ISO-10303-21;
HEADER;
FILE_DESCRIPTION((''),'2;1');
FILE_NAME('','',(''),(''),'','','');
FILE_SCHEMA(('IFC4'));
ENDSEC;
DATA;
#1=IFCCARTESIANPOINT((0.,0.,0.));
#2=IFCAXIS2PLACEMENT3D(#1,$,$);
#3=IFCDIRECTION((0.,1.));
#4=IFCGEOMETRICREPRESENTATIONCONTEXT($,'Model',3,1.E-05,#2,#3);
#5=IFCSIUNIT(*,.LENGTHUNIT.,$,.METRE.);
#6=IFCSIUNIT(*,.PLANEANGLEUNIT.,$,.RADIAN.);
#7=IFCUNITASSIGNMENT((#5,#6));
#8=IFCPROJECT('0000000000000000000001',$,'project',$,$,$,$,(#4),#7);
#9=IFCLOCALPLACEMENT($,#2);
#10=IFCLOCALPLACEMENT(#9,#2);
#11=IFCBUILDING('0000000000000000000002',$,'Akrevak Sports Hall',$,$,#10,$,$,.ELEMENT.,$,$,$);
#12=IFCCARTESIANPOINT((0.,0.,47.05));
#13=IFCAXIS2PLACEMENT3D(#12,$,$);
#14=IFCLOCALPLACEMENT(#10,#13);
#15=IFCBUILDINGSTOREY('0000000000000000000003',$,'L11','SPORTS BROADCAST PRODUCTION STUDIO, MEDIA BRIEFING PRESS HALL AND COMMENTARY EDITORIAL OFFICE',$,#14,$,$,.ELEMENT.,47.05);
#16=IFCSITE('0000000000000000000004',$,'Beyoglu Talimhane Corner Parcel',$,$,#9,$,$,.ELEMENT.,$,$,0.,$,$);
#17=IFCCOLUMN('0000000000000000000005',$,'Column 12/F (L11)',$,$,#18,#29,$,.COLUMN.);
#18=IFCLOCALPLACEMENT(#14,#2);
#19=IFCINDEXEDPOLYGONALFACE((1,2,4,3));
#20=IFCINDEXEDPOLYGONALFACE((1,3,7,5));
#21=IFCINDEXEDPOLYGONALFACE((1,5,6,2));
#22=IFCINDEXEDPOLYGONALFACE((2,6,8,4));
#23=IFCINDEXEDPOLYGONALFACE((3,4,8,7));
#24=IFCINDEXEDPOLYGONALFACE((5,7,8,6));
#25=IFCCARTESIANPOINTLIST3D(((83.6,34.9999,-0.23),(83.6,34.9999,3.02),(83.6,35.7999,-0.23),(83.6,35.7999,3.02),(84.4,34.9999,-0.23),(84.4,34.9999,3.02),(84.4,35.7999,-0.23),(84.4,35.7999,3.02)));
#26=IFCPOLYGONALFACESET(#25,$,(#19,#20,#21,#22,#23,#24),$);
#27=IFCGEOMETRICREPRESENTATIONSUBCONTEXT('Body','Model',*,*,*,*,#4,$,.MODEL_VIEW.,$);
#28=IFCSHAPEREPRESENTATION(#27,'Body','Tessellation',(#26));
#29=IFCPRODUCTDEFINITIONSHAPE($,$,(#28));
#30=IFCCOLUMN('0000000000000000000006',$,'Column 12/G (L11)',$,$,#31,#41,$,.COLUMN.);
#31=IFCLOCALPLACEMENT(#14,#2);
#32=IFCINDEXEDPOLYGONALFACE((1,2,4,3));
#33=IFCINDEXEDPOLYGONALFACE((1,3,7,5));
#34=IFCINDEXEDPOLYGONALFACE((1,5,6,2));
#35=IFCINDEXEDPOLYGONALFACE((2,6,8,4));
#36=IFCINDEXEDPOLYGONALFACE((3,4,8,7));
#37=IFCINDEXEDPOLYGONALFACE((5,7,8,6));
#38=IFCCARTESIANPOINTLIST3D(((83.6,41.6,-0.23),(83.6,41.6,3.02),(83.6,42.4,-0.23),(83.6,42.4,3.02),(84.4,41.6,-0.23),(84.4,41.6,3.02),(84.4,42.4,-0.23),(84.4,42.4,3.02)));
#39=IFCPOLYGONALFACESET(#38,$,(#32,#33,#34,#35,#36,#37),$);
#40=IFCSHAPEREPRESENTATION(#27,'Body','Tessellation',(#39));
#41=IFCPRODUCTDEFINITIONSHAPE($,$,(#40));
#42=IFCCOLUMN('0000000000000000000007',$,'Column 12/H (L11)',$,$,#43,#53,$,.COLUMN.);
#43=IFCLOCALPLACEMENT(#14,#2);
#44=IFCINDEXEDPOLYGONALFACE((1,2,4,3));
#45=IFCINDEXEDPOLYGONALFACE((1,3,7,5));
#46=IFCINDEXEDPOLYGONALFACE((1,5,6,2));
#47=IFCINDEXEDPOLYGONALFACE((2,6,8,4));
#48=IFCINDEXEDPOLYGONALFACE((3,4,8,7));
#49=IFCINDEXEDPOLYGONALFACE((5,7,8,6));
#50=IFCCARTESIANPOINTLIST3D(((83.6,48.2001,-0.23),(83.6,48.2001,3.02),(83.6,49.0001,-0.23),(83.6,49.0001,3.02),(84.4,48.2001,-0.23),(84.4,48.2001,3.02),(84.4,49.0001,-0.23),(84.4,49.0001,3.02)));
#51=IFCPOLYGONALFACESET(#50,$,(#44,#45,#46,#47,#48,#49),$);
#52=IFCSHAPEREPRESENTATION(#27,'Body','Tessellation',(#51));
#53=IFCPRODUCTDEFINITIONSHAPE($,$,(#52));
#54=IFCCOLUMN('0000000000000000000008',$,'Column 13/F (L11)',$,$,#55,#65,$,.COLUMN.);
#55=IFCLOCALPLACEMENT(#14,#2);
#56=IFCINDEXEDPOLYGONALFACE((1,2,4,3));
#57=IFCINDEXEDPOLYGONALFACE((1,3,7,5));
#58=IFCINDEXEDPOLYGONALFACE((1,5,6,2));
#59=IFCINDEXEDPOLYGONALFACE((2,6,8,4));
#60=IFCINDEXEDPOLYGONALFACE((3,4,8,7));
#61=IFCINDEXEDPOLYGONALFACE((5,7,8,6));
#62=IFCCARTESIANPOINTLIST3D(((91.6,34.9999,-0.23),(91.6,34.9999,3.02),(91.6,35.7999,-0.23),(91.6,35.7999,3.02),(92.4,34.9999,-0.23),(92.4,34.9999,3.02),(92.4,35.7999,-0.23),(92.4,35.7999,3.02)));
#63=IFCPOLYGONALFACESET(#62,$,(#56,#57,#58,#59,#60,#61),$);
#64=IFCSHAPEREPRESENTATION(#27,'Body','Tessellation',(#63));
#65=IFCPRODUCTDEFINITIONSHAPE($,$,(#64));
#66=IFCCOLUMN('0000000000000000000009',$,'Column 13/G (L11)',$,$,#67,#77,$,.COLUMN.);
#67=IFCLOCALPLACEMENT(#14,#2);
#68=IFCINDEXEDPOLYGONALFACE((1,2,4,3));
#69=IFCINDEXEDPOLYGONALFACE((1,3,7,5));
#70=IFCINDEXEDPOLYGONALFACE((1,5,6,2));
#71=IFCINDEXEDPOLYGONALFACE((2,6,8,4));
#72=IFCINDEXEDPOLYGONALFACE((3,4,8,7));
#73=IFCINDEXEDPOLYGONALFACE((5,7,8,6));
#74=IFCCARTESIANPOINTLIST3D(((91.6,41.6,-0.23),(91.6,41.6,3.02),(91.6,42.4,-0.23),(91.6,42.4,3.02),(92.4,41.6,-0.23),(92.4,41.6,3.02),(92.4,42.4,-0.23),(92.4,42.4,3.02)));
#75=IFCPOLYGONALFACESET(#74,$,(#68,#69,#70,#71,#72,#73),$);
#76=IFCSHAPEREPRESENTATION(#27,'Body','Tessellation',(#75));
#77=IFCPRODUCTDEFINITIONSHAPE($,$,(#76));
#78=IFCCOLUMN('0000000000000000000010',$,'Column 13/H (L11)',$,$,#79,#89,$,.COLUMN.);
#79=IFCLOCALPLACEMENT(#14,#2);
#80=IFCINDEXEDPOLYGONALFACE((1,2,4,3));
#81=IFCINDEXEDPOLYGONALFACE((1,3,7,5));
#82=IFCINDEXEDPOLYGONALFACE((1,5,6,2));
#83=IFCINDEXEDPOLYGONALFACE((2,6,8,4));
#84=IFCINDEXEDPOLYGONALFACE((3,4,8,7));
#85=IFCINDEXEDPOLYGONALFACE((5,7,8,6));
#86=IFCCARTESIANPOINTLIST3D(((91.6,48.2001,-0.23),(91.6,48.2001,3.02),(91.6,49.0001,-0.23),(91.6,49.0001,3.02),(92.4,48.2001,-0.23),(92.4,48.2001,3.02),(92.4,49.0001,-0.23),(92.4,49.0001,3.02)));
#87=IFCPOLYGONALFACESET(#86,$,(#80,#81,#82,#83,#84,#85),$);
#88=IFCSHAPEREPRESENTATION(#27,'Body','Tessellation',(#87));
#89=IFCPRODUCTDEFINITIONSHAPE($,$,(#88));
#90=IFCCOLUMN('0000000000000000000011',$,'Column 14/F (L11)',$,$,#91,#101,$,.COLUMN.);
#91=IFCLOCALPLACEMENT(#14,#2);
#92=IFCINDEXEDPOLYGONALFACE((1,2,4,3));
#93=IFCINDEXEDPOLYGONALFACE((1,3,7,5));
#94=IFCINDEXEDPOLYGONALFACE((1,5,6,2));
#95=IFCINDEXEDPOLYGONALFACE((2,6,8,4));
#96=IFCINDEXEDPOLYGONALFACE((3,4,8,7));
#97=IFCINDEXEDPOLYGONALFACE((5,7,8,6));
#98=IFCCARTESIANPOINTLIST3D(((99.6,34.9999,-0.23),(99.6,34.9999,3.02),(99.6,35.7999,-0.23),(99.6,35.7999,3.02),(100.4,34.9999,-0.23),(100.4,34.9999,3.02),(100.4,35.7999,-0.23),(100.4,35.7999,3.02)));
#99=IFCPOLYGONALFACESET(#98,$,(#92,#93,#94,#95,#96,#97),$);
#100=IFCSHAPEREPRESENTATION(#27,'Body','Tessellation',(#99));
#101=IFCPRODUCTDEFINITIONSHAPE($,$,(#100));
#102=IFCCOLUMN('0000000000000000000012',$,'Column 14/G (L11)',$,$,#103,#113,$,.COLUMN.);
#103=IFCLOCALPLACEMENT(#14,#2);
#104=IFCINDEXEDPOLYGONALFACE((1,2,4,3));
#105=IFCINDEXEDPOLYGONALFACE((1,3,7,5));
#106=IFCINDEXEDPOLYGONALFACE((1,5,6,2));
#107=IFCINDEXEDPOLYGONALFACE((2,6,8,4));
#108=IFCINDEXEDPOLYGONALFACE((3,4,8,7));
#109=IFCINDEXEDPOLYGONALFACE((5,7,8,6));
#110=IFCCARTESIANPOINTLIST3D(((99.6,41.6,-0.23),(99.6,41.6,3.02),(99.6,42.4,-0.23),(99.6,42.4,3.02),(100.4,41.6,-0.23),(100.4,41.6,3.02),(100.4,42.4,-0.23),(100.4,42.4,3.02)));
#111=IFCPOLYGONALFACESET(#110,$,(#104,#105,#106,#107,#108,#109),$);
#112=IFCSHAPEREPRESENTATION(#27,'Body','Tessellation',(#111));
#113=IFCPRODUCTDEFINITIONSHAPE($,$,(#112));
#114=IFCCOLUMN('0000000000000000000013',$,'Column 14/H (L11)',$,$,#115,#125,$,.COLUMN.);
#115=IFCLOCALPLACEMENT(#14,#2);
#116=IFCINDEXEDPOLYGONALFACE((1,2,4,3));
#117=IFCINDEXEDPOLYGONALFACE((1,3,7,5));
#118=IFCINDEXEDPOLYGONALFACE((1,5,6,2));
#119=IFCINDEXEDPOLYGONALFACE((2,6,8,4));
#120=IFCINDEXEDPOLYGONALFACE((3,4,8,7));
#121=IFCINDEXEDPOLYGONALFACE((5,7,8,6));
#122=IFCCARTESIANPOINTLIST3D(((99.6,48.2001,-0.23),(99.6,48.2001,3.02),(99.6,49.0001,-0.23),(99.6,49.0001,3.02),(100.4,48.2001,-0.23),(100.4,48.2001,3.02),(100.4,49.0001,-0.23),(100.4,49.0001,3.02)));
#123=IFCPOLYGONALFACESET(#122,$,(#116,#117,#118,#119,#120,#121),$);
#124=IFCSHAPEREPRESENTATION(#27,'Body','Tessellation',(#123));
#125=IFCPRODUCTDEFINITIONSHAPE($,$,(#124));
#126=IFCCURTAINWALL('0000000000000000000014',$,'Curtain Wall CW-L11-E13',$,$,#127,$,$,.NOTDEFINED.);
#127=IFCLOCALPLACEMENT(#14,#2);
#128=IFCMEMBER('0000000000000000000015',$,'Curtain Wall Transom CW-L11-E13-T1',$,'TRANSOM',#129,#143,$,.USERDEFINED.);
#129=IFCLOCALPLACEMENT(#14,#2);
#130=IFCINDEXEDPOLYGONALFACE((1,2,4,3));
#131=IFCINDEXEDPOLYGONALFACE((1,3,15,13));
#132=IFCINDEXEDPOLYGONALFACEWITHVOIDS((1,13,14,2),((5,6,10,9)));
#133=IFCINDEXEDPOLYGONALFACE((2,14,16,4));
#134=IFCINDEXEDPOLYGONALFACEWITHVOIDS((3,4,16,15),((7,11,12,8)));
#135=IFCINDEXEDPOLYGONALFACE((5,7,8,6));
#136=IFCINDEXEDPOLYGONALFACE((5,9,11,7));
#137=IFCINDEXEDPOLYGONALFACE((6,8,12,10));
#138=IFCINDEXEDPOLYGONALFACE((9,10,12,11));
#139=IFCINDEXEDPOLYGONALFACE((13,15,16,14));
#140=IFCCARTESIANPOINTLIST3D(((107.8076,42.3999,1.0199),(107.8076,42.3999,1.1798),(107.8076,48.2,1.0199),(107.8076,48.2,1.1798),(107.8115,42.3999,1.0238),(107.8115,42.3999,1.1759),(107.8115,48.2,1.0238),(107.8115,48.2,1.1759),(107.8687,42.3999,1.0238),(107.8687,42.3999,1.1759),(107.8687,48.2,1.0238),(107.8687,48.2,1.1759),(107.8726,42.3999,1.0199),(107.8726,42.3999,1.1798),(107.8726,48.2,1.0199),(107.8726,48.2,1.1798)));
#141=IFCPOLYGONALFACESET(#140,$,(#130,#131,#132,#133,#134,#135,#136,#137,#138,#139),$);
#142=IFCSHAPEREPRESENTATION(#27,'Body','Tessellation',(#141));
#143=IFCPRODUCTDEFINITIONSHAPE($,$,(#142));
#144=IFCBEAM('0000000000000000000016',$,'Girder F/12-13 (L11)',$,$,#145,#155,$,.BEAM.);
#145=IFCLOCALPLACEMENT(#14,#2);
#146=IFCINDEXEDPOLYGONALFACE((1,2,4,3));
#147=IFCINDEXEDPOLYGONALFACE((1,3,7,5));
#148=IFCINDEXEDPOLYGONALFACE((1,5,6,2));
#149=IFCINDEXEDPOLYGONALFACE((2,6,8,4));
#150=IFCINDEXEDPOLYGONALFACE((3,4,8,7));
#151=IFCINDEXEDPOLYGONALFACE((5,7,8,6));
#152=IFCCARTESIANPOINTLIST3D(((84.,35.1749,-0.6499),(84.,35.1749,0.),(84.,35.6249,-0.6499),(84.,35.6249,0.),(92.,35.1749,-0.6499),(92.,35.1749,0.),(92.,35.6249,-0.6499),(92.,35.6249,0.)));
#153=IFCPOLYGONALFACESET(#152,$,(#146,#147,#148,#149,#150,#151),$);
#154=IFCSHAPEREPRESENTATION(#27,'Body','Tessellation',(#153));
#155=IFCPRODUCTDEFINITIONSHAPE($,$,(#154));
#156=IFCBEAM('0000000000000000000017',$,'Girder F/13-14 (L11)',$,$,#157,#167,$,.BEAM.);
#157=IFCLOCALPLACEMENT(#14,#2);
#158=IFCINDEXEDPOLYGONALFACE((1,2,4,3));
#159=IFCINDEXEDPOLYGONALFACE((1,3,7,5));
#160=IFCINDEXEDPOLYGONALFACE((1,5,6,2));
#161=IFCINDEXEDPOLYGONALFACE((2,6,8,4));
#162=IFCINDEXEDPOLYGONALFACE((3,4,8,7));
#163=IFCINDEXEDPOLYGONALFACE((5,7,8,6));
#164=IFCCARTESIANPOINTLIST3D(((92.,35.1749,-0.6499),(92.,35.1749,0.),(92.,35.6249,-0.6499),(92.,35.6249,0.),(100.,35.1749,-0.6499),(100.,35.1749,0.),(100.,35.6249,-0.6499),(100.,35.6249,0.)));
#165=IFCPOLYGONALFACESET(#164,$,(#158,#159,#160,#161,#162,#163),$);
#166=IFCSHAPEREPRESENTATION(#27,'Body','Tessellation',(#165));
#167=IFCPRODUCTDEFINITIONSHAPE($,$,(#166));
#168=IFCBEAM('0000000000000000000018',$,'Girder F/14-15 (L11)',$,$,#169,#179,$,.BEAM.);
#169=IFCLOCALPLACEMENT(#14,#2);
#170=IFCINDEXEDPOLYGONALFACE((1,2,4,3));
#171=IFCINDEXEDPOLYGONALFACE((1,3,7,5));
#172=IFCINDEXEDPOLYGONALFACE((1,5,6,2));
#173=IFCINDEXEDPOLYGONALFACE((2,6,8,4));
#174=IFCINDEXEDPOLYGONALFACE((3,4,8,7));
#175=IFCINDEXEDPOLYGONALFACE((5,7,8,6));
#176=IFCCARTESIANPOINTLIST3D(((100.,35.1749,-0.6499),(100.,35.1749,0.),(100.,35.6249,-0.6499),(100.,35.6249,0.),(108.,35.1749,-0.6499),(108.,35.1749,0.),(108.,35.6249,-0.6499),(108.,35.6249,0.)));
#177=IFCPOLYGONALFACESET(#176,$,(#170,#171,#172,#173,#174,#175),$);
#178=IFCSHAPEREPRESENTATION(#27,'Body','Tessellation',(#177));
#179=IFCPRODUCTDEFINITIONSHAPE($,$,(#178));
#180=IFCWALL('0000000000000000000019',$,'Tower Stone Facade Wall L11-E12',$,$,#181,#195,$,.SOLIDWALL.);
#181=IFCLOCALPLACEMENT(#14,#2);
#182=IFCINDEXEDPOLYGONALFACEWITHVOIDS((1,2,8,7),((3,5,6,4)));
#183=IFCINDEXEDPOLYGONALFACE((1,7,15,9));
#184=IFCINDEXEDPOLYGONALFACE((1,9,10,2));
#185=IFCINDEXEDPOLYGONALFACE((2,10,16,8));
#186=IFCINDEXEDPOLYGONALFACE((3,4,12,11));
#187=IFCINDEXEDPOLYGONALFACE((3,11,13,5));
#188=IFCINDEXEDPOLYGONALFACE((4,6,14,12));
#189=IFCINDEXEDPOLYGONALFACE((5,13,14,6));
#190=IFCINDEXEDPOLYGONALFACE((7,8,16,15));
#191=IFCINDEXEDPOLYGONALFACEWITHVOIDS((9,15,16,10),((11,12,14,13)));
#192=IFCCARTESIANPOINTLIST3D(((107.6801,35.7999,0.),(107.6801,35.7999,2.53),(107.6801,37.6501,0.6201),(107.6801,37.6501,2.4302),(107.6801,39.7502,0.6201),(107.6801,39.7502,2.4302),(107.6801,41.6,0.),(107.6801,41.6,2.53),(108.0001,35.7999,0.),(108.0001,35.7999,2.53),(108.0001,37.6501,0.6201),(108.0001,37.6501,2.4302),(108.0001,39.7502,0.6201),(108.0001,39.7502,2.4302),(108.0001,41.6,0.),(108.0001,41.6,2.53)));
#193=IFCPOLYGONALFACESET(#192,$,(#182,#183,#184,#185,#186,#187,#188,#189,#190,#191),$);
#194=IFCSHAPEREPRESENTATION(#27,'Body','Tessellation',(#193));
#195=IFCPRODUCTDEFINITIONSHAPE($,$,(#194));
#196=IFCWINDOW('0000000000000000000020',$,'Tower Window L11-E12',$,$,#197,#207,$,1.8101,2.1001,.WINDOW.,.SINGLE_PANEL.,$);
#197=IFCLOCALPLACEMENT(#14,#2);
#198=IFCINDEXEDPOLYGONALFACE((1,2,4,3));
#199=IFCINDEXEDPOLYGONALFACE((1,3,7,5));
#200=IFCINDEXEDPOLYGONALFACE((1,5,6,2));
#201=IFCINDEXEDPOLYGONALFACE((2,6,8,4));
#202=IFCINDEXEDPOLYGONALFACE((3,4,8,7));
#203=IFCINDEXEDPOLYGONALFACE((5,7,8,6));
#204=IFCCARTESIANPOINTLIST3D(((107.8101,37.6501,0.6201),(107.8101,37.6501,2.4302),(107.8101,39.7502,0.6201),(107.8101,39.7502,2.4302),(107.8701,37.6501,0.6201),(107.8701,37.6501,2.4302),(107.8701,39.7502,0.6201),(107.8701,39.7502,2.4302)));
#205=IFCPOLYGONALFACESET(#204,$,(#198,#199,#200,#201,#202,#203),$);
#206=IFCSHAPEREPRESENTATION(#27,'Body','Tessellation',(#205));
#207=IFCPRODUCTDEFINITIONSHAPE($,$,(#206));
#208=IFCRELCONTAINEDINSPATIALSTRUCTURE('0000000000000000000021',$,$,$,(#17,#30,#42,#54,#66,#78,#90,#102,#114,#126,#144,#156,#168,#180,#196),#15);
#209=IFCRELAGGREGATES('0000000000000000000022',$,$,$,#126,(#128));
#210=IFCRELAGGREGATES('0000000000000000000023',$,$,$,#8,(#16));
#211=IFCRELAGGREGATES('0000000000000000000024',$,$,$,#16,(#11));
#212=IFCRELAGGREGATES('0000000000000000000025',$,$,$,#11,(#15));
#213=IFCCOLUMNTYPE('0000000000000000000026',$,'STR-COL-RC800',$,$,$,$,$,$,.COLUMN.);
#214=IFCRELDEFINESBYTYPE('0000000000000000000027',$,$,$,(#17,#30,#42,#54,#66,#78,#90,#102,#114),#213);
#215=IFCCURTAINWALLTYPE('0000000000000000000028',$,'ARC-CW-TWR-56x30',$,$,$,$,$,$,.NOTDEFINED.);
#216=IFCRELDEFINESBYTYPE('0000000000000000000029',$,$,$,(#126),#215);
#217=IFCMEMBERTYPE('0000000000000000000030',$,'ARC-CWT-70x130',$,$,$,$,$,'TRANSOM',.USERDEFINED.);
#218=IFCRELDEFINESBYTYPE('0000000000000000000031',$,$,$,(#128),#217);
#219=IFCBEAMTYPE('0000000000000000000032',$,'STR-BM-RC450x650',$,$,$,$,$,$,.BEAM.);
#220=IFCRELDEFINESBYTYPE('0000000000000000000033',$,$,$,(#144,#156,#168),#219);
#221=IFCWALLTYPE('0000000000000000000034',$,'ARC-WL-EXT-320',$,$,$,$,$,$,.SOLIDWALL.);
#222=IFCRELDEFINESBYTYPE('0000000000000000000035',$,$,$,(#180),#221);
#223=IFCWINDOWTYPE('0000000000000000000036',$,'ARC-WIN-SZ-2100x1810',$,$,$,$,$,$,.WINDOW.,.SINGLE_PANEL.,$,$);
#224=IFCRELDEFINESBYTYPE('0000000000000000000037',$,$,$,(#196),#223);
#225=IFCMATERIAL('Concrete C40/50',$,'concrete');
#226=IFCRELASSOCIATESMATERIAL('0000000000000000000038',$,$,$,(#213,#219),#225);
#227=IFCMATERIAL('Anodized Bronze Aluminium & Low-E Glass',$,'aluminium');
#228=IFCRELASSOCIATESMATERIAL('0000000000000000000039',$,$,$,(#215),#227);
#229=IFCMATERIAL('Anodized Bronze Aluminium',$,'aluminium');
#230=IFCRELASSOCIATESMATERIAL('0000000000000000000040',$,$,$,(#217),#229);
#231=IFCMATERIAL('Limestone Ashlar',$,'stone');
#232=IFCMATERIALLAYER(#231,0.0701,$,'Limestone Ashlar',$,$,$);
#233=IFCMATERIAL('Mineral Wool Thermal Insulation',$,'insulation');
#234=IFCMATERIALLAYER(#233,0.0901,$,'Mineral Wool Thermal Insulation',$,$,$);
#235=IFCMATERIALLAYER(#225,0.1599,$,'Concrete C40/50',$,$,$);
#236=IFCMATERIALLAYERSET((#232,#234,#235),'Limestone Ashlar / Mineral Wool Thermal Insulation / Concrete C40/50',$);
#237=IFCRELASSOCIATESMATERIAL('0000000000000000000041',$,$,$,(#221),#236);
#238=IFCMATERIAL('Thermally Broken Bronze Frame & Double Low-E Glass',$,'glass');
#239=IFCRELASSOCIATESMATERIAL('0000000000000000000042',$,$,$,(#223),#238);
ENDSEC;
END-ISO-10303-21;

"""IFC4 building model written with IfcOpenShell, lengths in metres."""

from ifc_helpers import new_model, si_unit, direction, frame, frame_2d, origin, origin_2d, place, context, subcontext, project, spatial, rectangle, hollow_rectangle, extrude, material, layer, layer_set, material_profile, profile_set, type_object, element, fill, aggregate, save


model = new_model("IFC4")

# Units and contexts
model_context = context("Model", 3, precision=1e-05, world=origin(), true_north=direction((0.0, 1.0)))
body_context = subcontext(model_context, "Body", "Model", "MODEL_VIEW")
ifc_project = project(units=[si_unit("LENGTHUNIT", "METRE"), si_unit("PLANEANGLEUNIT", "RADIAN")], contexts=[model_context])

# Site, building, storey
site_placement = place(None, origin())
site = spatial("IfcSite", under=ifc_project, at=site_placement, Name="Beyoglu Talimhane Corner Parcel", CompositionType="ELEMENT", RefElevation=0.0)
building_placement = place(site_placement, origin())
building = spatial("IfcBuilding", under=site, at=building_placement, Name="Akrevak Sports Hall", CompositionType="ELEMENT")
storey_placement = place(building_placement, frame((0.0, 0.0, 47.05)))
storey = spatial("IfcBuildingStorey", under=building, at=storey_placement, Name="L11", Description="SPORTS BROADCAST PRODUCTION STUDIO, MEDIA BRIEFING PRESS HALL AND COMMENTARY EDITORIAL OFFICE", CompositionType="ELEMENT", Elevation=47.05)

# Columns
ifc_material_1 = material(Name="Concrete C40/50", Category="concrete")
ifc_material_profile_1 = material_profile(ifc_material_1, rectangle(XDim=0.8, YDim=0.8, at=origin_2d()), Name="RC 800x800", Category="concrete")
ifc_profile_set_1 = profile_set([ifc_material_profile_1], Name="Concrete C40/50")
column_type = type_object("IfcColumnType", Name="STR-COL-RC800", PredefinedType="COLUMN", material=ifc_profile_set_1)
for number, where, z_axis, x_axis, name in (
    (1, (84.0, 35.3999, -0.23), (0.0, 0.0, 1.0), (1.0, 0.0, 0.0), "Column 12/F (L11)"),
    (2, (84.0, 42.0, -0.23), (0.0, 0.0, 1.0), (1.0, 0.0, 0.0), "Column 12/G (L11)"),
    (3, (84.0, 48.6001, -0.23), (0.0, 0.0, 1.0), (1.0, 0.0, 0.0), "Column 12/H (L11)"),
    (4, (92.0, 35.3999, -0.23), (0.0, 0.0, 1.0), (1.0, 0.0, 0.0), "Column 13/F (L11)"),
    (5, (92.0, 42.0, -0.23), (0.0, 0.0, 1.0), (1.0, 0.0, 0.0), "Column 13/G (L11)"),
    (6, (92.0, 48.6001, -0.23), (0.0, 0.0, 1.0), (1.0, 0.0, 0.0), "Column 13/H (L11)"),
    (7, (100.0, 35.3999, -0.23), (0.0, 0.0, 1.0), (1.0, 0.0, 0.0), "Column 14/F (L11)"),
    (8, (100.0, 42.0, -0.23), (0.0, 0.0, 1.0), (1.0, 0.0, 0.0), "Column 14/G (L11)"),
    (9, (100.0, 48.6001, -0.23), (0.0, 0.0, 1.0), (1.0, 0.0, 0.0), "Column 14/H (L11)"),
):
    element("IfcColumn", number, at=place(storey_placement, frame(where, z_axis=z_axis, x_axis=x_axis)), inside=storey, type_object=column_type, Name=name, PredefinedType="COLUMN", context=body_context, shape_type="SweptSolid", body=[
        extrude(rectangle(XDim=0.8, YDim=0.8, at=origin_2d()), origin(), (0.0, 0.0, 1.0), 3.25),
    ])

# Curtain wall, member
ifc_material_2 = material(Name="Anodized Bronze Aluminium & Low-E Glass", Category="aluminium")
curtain_wall_type = type_object("IfcCurtainWallType", Name="ARC-CW-TWR-56x30", PredefinedType="NOTDEFINED", material=ifc_material_2)
curtain_wall_placement = place(storey_placement, origin())
curtain_wall = element("IfcCurtainWall", 10, at=curtain_wall_placement, inside=storey, type_object=curtain_wall_type, Name="Curtain Wall CW-L11-E13", PredefinedType="NOTDEFINED")
ifc_material_3 = material(Name="Anodized Bronze Aluminium", Category="aluminium")
ifc_material_profile_2 = material_profile(ifc_material_3, hollow_rectangle(XDim=0.0649, YDim=0.1599, WallThickness=0.0039, at=origin_2d()), Name="CWT 65x160", Category="aluminium")
ifc_profile_set_2 = profile_set([ifc_material_profile_2], Name="Anodized Bronze Aluminium")
member_type = type_object("IfcMemberType", Name="ARC-CWT-70x130", ElementType="TRANSOM", PredefinedType="USERDEFINED", material=ifc_profile_set_2)
member_placement = place(storey_placement, frame((107.8401, 42.3999, 1.0999), z_axis=(0.0, 1.0, 0.0), x_axis=(-1.0, 0.0, 0.0)))
member = element("IfcMember", 11, at=member_placement, type_object=member_type, Name="Curtain Wall Transom CW-L11-E13-T1", ObjectType="TRANSOM", PredefinedType="USERDEFINED", context=body_context, shape_type="SweptSolid", body=[
    extrude(hollow_rectangle(XDim=0.0649, YDim=0.1599, WallThickness=0.0039, at=origin_2d()), origin(), (0.0, 0.0, 1.0), 5.8),
])
aggregate(curtain_wall, [member])

# Beams
ifc_material_profile_3 = material_profile(ifc_material_1, rectangle(XDim=0.45, YDim=0.6499, at=origin_2d()), Name="BM 450x650", Category="concrete")
ifc_profile_set_3 = profile_set([ifc_material_profile_3], Name="Concrete C40/50")
beam_type = type_object("IfcBeamType", Name="STR-BM-RC450x650", PredefinedType="BEAM", material=ifc_profile_set_3)
for number, where, z_axis, x_axis, name in (
    (12, (84.0, 35.3999, -0.325), (1.0, 0.0, 0.0), (0.0, 1.0, 0.0), "Girder F/12-13 (L11)"),
    (13, (92.0, 35.3999, -0.325), (1.0, 0.0, 0.0), (0.0, 1.0, 0.0), "Girder F/13-14 (L11)"),
    (14, (100.0, 35.3999, -0.325), (1.0, 0.0, 0.0), (0.0, 1.0, 0.0), "Girder F/14-15 (L11)"),
):
    element("IfcBeam", number, at=place(storey_placement, frame(where, z_axis=z_axis, x_axis=x_axis)), inside=storey, type_object=beam_type, Name=name, PredefinedType="BEAM", context=body_context, shape_type="SweptSolid", body=[
        extrude(rectangle(XDim=0.45, YDim=0.6499, at=origin_2d()), origin(), (0.0, 0.0, 1.0), 8.0),
    ])

# Wall, opening, window
ifc_material_4 = material(Name="Limestone Ashlar", Category="stone")
ifc_layer_1 = layer(ifc_material_4, 0.0701, Name="Limestone Ashlar")
ifc_material_5 = material(Name="Mineral Wool Thermal Insulation", Category="insulation")
ifc_layer_2 = layer(ifc_material_5, 0.0901, Name="Mineral Wool Thermal Insulation")
ifc_layer_3 = layer(ifc_material_1, 0.1599, Name="Concrete C40/50")
ifc_layer_set_1 = layer_set([ifc_layer_1, ifc_layer_2, ifc_layer_3], Name="Limestone Ashlar / Mineral Wool Thermal Insulation / Concrete C40/50")
wall_type_1 = type_object("IfcWallType", Name="ARC-WL-EXT-320", PredefinedType="SOLIDWALL", material=ifc_layer_set_1)
wall_1_placement = place(storey_placement, frame((107.8401, 35.8, 0.0), z_axis=(0.0, 0.0, 1.0), x_axis=(0.0, 1.0, 0.0)))
wall_1 = element("IfcWall", 15, at=wall_1_placement, inside=storey, type_object=wall_type_1, Name="Tower Stone Facade Wall L11-E12", PredefinedType="SOLIDWALL", context=body_context, shape_type="SweptSolid", body=[
    extrude(rectangle(XDim=5.8, YDim=0.3201, at=frame_2d((2.8999, 0.0))), origin(), (0.0, 0.0, 1.0), 2.53),
])
opening_1_placement = place(wall_1_placement, frame((1.8501, 0.0, 0.6201)))
opening_1 = element("IfcOpeningElement", 16, at=opening_1_placement, cuts=wall_1, PredefinedType="OPENING", context=body_context, shape_type="SweptSolid", body=[
    extrude(rectangle(XDim=2.1001, YDim=1.8101, at=frame_2d((1.05, 0.905))), frame((0.0, 0.1719, 0.0), z_axis=(0.0, -1.0, 0.0), x_axis=(1.0, 0.0, 0.0)), (0.0, 0.0, 1.0), 0.344),
])
ifc_material_6 = material(Name="Thermally Broken Bronze Frame & Double Low-E Glass", Category="glass")
window_type = type_object("IfcWindowType", Name="ARC-WIN-SZ-2100x1810", PartitioningType="SINGLE_PANEL", PredefinedType="WINDOW", material=ifc_material_6)
window_placement = place(opening_1_placement, origin())
window = element("IfcWindow", 17, at=window_placement, inside=storey, type_object=window_type, Name="Tower Window L11-E12", OverallHeight=1.8101, OverallWidth=2.1001, PartitioningType="SINGLE_PANEL", PredefinedType="WINDOW", context=body_context, shape_type="SweptSolid", body=[
    extrude(rectangle(XDim=2.1001, YDim=1.8101, at=frame_2d((1.05, 0.905))), frame((0.0, 0.03, 0.0), z_axis=(0.0, -1.0, 0.0), x_axis=(1.0, 0.0, 0.0)), (0.0, 0.0, 1.0), 0.0601),
])
fill(opening_1, window)

save(model, "model.ifc")
